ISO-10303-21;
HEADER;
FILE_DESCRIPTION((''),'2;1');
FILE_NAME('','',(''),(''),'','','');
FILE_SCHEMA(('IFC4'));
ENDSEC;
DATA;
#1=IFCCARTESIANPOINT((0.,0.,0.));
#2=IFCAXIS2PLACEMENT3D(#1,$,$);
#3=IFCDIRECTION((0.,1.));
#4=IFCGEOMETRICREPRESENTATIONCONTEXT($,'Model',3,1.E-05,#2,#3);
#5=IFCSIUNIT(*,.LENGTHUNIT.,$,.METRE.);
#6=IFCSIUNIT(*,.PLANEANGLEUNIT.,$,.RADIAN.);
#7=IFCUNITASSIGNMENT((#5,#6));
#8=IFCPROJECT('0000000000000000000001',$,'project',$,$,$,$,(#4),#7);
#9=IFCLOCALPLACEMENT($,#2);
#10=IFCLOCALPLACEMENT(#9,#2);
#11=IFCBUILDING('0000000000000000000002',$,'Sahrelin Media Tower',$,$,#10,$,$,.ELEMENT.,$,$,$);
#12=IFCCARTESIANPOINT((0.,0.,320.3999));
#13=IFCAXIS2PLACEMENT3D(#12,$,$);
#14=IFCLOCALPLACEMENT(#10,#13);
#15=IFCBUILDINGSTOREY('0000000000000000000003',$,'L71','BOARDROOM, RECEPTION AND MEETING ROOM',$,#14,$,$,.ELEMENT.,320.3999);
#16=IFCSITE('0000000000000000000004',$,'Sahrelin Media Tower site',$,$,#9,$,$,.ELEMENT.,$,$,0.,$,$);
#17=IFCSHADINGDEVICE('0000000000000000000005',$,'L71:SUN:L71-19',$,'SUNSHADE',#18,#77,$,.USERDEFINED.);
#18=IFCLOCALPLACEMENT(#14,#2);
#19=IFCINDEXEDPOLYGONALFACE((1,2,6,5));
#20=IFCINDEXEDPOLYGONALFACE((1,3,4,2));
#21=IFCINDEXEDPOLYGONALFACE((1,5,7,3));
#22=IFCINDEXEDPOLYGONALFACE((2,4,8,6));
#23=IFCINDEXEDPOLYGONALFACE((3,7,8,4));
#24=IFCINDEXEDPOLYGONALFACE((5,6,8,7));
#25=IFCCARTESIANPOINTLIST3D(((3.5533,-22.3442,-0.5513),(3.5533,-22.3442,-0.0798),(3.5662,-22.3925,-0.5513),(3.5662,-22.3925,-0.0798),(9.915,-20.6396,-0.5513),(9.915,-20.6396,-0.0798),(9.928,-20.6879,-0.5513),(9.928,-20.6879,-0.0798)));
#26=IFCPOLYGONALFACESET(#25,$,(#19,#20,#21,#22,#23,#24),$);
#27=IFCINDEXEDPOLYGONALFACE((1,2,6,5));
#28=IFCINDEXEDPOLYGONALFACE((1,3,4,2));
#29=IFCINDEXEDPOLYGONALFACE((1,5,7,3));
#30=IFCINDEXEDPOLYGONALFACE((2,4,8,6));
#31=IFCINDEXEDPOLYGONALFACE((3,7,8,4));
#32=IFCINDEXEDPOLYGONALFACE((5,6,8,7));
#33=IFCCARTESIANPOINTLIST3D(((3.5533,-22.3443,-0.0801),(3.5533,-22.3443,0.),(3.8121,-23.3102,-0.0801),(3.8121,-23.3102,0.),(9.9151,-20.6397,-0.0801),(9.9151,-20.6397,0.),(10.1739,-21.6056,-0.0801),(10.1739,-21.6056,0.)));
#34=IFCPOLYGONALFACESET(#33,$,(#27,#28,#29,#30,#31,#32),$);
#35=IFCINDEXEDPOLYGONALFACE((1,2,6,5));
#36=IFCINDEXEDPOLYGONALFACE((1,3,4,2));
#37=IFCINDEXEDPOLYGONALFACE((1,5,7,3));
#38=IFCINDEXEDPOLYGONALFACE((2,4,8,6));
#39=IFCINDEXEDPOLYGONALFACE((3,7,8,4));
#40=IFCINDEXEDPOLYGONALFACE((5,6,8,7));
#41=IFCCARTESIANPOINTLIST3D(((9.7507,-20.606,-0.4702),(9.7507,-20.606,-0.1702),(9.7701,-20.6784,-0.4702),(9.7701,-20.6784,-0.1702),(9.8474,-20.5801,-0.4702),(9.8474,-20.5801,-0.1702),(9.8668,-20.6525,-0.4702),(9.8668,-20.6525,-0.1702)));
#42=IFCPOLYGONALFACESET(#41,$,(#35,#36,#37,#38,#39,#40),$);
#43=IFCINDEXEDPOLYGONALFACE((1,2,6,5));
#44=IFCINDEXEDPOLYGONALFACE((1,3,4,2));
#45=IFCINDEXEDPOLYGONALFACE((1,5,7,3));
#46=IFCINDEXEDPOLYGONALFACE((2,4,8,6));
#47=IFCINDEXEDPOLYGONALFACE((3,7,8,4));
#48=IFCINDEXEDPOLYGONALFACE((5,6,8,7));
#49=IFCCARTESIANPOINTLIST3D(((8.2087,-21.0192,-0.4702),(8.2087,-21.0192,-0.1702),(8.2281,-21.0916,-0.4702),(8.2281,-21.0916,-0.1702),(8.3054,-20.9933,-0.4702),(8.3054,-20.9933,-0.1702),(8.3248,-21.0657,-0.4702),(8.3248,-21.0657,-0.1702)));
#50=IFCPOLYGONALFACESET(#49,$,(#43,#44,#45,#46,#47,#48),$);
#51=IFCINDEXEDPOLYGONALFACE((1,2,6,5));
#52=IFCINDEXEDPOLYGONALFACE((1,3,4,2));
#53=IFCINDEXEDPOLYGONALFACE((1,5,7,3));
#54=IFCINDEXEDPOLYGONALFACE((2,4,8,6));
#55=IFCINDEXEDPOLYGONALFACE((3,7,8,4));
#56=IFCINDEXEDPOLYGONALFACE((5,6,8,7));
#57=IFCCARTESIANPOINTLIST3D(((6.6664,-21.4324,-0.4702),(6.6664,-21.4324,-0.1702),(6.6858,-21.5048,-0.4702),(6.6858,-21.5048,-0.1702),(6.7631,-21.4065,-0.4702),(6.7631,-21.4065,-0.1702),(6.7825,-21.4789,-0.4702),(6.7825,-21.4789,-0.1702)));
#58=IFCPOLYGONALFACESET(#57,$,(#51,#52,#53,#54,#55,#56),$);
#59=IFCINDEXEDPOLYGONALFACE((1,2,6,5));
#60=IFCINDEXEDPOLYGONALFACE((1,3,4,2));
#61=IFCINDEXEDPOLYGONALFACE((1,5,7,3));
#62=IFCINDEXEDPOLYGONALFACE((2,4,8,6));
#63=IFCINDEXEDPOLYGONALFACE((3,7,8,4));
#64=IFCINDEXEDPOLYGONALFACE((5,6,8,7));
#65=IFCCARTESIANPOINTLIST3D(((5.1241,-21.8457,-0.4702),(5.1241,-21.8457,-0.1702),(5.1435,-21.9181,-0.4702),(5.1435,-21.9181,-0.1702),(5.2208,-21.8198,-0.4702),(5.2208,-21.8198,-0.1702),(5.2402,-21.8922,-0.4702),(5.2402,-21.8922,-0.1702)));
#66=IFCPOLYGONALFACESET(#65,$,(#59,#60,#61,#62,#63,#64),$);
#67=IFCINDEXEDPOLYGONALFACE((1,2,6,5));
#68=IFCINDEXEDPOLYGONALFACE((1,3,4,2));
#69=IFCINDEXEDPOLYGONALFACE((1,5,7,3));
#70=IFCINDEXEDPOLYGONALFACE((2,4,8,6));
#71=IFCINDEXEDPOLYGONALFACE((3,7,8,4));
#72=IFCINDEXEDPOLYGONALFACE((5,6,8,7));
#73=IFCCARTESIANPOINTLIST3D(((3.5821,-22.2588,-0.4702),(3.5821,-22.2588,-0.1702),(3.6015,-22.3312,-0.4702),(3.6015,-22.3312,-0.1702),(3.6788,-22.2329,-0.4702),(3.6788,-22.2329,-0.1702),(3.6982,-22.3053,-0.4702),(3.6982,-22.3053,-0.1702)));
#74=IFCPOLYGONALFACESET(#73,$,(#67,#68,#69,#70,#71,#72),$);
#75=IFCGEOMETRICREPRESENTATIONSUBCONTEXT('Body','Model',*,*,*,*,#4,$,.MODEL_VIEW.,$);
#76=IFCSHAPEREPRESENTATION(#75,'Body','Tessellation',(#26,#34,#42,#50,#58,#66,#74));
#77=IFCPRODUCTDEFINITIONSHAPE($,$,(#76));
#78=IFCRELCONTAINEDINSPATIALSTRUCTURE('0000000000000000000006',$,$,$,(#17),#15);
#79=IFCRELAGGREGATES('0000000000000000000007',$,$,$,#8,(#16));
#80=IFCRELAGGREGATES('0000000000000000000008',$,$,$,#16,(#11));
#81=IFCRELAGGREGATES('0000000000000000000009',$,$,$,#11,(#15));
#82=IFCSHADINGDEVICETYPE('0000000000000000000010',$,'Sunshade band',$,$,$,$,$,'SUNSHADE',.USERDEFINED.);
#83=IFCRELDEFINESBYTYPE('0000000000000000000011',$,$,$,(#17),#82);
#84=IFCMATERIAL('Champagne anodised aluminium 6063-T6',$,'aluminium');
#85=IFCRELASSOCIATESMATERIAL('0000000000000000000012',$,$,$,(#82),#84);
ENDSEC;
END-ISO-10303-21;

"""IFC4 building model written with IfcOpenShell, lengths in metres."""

from ifc_helpers import new_model, si_unit, direction, frame, origin, origin_2d, place, context, subcontext, project, spatial, rectangle, extrude, material, type_object, element, save


model = new_model("IFC4")

# Units and contexts
model_context = context("Model", 3, precision=1e-05, world=origin(), true_north=direction((0.0, 1.0)))
body_context = subcontext(model_context, "Body", "Model", "MODEL_VIEW")
ifc_project = project(units=[si_unit("LENGTHUNIT", "METRE"), si_unit("PLANEANGLEUNIT", "RADIAN")], contexts=[model_context])

# Site, building, storey
site_placement = place(None, origin())
site = spatial("IfcSite", under=ifc_project, at=site_placement, Name="Sahrelin Media Tower site", CompositionType="ELEMENT", RefElevation=0.0)
building_placement = place(site_placement, origin())
building = spatial("IfcBuilding", under=site, at=building_placement, Name="Sahrelin Media Tower", CompositionType="ELEMENT")
storey_placement = place(building_placement, frame((0.0, 0.0, 320.3999)))
storey = spatial("IfcBuildingStorey", under=building, at=storey_placement, Name="L71", Description="BOARDROOM, RECEPTION AND MEETING ROOM", CompositionType="ELEMENT", Elevation=320.3999)

# Shared definitions
ifc_material_1 = material(Name="Champagne anodised aluminium 6063-T6", Category="aluminium")

# Shading device
placement_1 = place(storey_placement, frame((6.729, -21.4727, 0.0), z_axis=(0.0, 0.0, 1.0), x_axis=(-0.965929, -0.258808, 0.0)))
shading_device_type_1 = type_object("IfcShadingDeviceType", Name="Sunshade band", ElementType="SUNSHADE", PredefinedType="USERDEFINED", material=ifc_material_1)
element("IfcShadingDevice", 1, at=placement_1, inside=storey, type_object=shading_device_type_1, Name="L71:SUN:L71-19", ObjectType="SUNSHADE", PredefinedType="USERDEFINED", context=body_context, shape_type="SweptSolid", body=[
    extrude(rectangle(XDim=6.5862, YDim=0.05, at=origin_2d()), frame((0.0, 0.0449, -0.5513)), (0.0, 0.0, 1.0), 0.4714),
    extrude(rectangle(XDim=6.5862, YDim=1.0, at=origin_2d()), frame((0.0, 0.52, -0.0801)), (0.0, 0.0, 1.0), 0.0801),
    extrude(rectangle(XDim=0.1001, YDim=0.075, at=origin_2d()), frame((-3.1931, -0.0176, -0.4702)), (0.0, 0.0, 1.0), 0.3),
    extrude(rectangle(XDim=0.1001, YDim=0.075, at=origin_2d()), frame((-1.5967, -0.0176, -0.4702)), (0.0, 0.0, 1.0), 0.3),
    extrude(rectangle(XDim=0.1001, YDim=0.075, at=origin_2d()), frame((0.0, -0.0176, -0.4702)), (0.0, 0.0, 1.0), 0.3),
    extrude(rectangle(XDim=0.1001, YDim=0.075, at=origin_2d()), frame((1.5967, -0.0176, -0.4702)), (0.0, 0.0, 1.0), 0.3),
    extrude(rectangle(XDim=0.1001, YDim=0.075, at=origin_2d()), frame((3.1931, -0.0176, -0.4702)), (0.0, 0.0, 1.0), 0.3),
])

save(model, "model.ifc")
